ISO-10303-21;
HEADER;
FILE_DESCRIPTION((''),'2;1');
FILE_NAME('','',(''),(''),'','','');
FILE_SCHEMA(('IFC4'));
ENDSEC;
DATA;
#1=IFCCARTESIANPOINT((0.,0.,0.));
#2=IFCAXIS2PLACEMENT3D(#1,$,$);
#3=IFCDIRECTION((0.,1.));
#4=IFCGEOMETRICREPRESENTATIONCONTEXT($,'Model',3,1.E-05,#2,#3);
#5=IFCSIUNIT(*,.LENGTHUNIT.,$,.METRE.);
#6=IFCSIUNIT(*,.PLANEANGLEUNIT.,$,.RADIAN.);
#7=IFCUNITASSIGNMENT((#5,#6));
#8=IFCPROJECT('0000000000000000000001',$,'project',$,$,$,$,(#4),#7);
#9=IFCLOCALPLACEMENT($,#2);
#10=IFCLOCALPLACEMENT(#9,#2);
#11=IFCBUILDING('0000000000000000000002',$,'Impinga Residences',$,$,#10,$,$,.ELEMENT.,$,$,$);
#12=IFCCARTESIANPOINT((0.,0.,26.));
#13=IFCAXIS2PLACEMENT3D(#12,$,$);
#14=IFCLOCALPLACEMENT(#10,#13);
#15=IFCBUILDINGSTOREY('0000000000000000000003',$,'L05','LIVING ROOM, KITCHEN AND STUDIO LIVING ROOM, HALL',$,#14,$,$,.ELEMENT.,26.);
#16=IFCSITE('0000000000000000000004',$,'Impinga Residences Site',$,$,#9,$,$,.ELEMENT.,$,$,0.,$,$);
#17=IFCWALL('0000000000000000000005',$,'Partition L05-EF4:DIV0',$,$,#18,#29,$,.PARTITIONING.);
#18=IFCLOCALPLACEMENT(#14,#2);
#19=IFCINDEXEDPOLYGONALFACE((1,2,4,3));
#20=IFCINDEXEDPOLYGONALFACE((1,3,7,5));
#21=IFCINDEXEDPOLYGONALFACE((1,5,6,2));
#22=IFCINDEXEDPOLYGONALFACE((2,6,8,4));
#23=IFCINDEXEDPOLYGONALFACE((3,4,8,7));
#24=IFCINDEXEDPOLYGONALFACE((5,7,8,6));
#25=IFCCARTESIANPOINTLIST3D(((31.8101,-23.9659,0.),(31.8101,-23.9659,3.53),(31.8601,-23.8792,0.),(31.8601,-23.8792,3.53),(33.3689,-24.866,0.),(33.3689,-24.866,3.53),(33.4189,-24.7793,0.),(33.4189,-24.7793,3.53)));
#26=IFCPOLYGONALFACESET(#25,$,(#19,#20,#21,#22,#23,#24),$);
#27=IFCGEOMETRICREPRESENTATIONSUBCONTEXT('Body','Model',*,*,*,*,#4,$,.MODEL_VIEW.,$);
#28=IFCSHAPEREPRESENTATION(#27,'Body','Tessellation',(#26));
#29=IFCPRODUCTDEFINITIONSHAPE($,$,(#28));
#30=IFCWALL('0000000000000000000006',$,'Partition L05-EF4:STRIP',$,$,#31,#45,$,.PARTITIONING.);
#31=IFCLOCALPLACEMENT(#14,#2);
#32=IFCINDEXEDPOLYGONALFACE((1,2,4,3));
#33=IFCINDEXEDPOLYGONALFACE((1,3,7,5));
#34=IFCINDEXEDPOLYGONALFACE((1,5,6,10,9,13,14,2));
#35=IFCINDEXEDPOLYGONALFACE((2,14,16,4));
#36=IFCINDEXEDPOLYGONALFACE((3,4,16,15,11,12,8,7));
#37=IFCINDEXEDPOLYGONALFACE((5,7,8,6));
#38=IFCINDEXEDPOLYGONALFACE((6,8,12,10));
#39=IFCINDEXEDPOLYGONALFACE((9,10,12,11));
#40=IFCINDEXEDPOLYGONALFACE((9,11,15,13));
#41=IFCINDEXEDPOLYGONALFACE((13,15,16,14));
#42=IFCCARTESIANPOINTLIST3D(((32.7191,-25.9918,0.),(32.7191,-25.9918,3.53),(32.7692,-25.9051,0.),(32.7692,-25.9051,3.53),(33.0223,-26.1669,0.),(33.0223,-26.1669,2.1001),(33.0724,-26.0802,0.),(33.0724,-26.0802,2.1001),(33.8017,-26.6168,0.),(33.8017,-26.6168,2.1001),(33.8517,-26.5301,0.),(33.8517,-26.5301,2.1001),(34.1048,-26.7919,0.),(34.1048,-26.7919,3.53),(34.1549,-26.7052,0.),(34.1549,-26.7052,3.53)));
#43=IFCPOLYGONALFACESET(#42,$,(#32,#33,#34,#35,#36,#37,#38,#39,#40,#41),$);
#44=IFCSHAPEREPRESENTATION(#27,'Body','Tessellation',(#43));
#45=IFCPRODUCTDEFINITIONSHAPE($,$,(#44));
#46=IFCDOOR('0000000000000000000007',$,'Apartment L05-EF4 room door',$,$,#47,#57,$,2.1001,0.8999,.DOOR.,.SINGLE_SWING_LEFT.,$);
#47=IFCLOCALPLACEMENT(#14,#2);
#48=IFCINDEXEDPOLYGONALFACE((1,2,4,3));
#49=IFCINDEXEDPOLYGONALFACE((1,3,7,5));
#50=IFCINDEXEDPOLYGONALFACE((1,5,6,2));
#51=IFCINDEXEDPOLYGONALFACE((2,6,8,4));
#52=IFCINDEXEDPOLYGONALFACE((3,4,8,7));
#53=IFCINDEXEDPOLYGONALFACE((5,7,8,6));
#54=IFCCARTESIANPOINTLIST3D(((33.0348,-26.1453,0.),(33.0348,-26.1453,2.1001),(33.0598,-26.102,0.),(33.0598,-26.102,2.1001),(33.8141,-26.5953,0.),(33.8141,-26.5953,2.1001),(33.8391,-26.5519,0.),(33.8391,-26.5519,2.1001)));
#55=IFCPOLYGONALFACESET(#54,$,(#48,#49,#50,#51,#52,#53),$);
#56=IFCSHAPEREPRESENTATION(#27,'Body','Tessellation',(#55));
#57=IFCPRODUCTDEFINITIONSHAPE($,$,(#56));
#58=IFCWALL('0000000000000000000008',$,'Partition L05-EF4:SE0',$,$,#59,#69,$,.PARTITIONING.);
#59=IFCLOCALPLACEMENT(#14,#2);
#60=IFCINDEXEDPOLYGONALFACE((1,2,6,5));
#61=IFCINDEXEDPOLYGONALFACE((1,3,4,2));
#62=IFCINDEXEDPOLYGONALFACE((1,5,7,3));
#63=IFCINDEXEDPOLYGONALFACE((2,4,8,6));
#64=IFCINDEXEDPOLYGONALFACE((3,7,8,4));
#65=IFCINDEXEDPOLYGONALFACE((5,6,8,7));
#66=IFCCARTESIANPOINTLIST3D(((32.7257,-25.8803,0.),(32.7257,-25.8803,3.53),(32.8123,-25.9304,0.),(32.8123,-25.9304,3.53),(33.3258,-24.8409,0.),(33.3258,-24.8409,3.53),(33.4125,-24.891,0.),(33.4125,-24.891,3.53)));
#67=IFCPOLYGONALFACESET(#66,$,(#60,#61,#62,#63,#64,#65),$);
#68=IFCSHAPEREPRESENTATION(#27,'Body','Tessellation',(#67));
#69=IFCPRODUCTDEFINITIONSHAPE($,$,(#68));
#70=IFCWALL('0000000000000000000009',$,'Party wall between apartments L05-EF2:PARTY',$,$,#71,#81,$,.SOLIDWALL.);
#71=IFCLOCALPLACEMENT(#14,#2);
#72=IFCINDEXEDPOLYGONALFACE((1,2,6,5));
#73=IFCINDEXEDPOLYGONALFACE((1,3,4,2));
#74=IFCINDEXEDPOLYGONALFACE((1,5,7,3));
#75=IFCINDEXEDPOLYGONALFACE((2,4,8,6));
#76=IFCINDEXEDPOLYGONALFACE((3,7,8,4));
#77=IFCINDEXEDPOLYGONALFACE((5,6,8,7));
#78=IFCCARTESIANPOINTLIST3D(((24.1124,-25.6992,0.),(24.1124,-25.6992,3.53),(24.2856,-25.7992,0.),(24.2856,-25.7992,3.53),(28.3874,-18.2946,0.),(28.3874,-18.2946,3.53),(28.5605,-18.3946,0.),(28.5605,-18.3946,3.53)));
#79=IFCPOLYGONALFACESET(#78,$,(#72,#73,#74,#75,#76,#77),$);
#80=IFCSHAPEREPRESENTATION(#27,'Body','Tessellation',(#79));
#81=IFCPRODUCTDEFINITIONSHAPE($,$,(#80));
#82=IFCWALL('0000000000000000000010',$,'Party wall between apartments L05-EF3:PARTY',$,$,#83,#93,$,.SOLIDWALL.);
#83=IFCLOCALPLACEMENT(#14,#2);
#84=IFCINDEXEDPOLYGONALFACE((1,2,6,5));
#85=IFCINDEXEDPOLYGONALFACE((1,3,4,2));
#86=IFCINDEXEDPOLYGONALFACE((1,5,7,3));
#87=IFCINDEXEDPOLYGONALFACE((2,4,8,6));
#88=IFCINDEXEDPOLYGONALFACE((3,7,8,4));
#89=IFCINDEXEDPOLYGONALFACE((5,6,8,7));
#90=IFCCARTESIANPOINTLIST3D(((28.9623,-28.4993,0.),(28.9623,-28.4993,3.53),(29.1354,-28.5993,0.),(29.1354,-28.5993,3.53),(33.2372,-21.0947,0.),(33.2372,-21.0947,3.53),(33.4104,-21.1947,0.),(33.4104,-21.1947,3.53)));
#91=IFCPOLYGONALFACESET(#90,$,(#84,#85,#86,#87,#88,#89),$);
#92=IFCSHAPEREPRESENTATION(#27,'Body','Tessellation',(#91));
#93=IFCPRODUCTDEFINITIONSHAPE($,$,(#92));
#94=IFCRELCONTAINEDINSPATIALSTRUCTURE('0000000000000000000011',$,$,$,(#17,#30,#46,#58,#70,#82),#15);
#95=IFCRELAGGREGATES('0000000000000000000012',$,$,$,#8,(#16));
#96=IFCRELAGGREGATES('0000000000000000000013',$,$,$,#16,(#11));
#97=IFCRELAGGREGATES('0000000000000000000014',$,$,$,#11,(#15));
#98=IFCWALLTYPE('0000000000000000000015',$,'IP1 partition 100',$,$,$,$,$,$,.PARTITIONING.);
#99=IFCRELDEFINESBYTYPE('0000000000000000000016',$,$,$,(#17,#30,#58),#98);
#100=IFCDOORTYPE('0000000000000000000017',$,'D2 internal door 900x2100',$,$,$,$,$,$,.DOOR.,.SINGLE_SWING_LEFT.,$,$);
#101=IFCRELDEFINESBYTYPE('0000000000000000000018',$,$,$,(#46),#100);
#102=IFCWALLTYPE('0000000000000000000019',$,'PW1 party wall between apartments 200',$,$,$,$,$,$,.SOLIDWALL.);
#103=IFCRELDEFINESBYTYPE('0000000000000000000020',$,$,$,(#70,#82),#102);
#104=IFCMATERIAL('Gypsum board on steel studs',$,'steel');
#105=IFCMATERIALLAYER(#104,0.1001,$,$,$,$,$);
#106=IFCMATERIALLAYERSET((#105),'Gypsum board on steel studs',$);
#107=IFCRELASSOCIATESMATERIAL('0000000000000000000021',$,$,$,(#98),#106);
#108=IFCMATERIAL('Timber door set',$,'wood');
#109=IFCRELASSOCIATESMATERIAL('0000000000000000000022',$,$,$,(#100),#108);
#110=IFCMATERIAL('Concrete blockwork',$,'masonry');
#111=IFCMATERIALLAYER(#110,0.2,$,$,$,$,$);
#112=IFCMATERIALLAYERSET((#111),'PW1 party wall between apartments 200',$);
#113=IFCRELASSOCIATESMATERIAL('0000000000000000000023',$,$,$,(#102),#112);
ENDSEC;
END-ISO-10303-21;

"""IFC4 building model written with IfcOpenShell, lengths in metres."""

from ifc_helpers import new_model, si_unit, direction, frame, frame_2d, origin, place, context, subcontext, project, spatial, rectangle, extrude, material, layer, layer_set, type_object, element, fill, save


model = new_model("IFC4")

# Units and contexts
model_context = context("Model", 3, precision=1e-05, world=origin(), true_north=direction((0.0, 1.0)))
body_context = subcontext(model_context, "Body", "Model", "MODEL_VIEW")
ifc_project = project(units=[si_unit("LENGTHUNIT", "METRE"), si_unit("PLANEANGLEUNIT", "RADIAN")], contexts=[model_context])

# Site, building, storey
site_placement = place(None, origin())
site = spatial("IfcSite", under=ifc_project, at=site_placement, Name="Impinga Residences Site", CompositionType="ELEMENT", RefElevation=0.0)
building_placement = place(site_placement, origin())
building = spatial("IfcBuilding", under=site, at=building_placement, Name="Impinga Residences", CompositionType="ELEMENT")
storey_placement = place(building_placement, frame((0.0, 0.0, 26.0)))
storey = spatial("IfcBuildingStorey", under=building, at=storey_placement, Name="L05", Description="LIVING ROOM, KITCHEN AND STUDIO LIVING ROOM, HALL", CompositionType="ELEMENT", Elevation=26.0)

# Shared definitions
ifc_material_1 = material(Name="Gypsum board on steel studs", Category="steel")
ifc_layer_1 = layer(ifc_material_1, 0.1001)
ifc_layer_set_1 = layer_set([ifc_layer_1], Name="Gypsum board on steel studs")
wall_type_1 = type_object("IfcWallType", Name="IP1 partition 100", PredefinedType="PARTITIONING", material=ifc_layer_set_1)

# Shared definitions
ifc_material_2 = material(Name="Timber door set", Category="wood")
door_type = type_object("IfcDoorType", Name="D2 internal door 900x2100", OperationType="SINGLE_SWING_LEFT", PredefinedType="DOOR", material=ifc_material_2)

# Wall
wall_1_placement = place(storey_placement, frame((31.8352, -23.9226, 0.0), z_axis=(0.0, 0.0, 1.0), x_axis=(0.865989, -0.500063, 0.0)))
element("IfcWall", 1, at=wall_1_placement, inside=storey, type_object=wall_type_1, Name="Partition L05-EF4:DIV0", PredefinedType="PARTITIONING", context=body_context, shape_type="SweptSolid", body=[
    extrude(rectangle(XDim=1.8, YDim=0.1001, at=frame_2d((0.8999, 0.0))), origin(), (0.0, 0.0, 1.0), 3.53),
])

# Wall, opening, door
wall_2_placement = place(storey_placement, frame((32.7441, -25.9485, 0.0), z_axis=(0.0, 0.0, 1.0), x_axis=(0.866028, -0.499995, 0.0)))
wall_2 = element("IfcWall", 2, at=wall_2_placement, inside=storey, type_object=wall_type_1, Name="Partition L05-EF4:STRIP", PredefinedType="PARTITIONING", context=body_context, shape_type="SweptSolid", body=[
    extrude(rectangle(XDim=1.6001, YDim=0.1001, at=frame_2d((0.8, 0.0))), origin(), (0.0, 0.0, 1.0), 3.53),
])
opening_1_placement = place(wall_2_placement, frame((0.3501, 0.0, 0.0)))
opening_1 = element("IfcOpeningElement", 3, at=opening_1_placement, cuts=wall_2, PredefinedType="OPENING", context=body_context, shape_type="SweptSolid", body=[
    extrude(rectangle(XDim=0.8999, YDim=2.1001, at=frame_2d((0.45, 1.05))), frame((0.0, 0.0601, 0.0), z_axis=(0.0, -1.0, 0.0), x_axis=(1.0, 0.0, 0.0)), (0.0, 0.0, 1.0), 0.1201),
])
door_1_placement = place(opening_1_placement, origin())
door_1 = element("IfcDoor", 4, at=door_1_placement, inside=storey, type_object=door_type, Name="Apartment L05-EF4 room door", OperationType="SINGLE_SWING_LEFT", OverallHeight=2.1001, OverallWidth=0.8999, PredefinedType="DOOR", context=body_context, shape_type="SweptSolid", body=[
    extrude(rectangle(XDim=0.8999, YDim=2.1001, at=frame_2d((0.45, 1.05))), frame((0.0, 0.0249, 0.0), z_axis=(0.0, -1.0, 0.0), x_axis=(1.0, 0.0, 0.0)), (0.0, 0.0, 1.0), 0.05),
])
fill(opening_1, door_1)

# Walls
wall_3_placement = place(storey_placement, frame((33.3691, -24.866, 0.0), z_axis=(0.0, 0.0, 1.0), x_axis=(-0.500034, -0.866006, 0.0)))
element("IfcWall", 5, at=wall_3_placement, inside=storey, type_object=wall_type_1, Name="Partition L05-EF4:SE0", PredefinedType="PARTITIONING", context=body_context, shape_type="SweptSolid", body=[
    extrude(rectangle(XDim=1.2002, YDim=0.1001, at=frame_2d((0.6001, 0.0))), origin(), (0.0, 0.0, 1.0), 3.53),
])
ifc_material_3 = material(Name="Concrete blockwork", Category="masonry")
ifc_layer_2 = layer(ifc_material_3, 0.2)
ifc_layer_set_2 = layer_set([ifc_layer_2], Name="PW1 party wall between apartments 200")
wall_type_2 = type_object("IfcWallType", Name="PW1 party wall between apartments 200", PredefinedType="SOLIDWALL", material=ifc_layer_set_2)
for number, where, z_axis, x_axis, name in (
    (6, (28.4739, -18.3447, 0.0), (0.0, 0.0, 1.0), (-0.49999, -0.866031, 0.0), "Party wall between apartments L05-EF2:PARTY"),
    (7, (33.3237, -21.1448, 0.0), (0.0, 0.0, 1.0), (-0.49999, -0.866031, 0.0), "Party wall between apartments L05-EF3:PARTY"),
):
    element("IfcWall", number, at=place(storey_placement, frame(where, z_axis=z_axis, x_axis=x_axis)), inside=storey, type_object=wall_type_2, Name=name, PredefinedType="SOLIDWALL", context=body_context, shape_type="SweptSolid", body=[
        extrude(rectangle(XDim=8.55, YDim=0.2, at=frame_2d((4.2749, 0.0))), origin(), (0.0, 0.0, 1.0), 3.53),
    ])

save(model, "model.ifc")
